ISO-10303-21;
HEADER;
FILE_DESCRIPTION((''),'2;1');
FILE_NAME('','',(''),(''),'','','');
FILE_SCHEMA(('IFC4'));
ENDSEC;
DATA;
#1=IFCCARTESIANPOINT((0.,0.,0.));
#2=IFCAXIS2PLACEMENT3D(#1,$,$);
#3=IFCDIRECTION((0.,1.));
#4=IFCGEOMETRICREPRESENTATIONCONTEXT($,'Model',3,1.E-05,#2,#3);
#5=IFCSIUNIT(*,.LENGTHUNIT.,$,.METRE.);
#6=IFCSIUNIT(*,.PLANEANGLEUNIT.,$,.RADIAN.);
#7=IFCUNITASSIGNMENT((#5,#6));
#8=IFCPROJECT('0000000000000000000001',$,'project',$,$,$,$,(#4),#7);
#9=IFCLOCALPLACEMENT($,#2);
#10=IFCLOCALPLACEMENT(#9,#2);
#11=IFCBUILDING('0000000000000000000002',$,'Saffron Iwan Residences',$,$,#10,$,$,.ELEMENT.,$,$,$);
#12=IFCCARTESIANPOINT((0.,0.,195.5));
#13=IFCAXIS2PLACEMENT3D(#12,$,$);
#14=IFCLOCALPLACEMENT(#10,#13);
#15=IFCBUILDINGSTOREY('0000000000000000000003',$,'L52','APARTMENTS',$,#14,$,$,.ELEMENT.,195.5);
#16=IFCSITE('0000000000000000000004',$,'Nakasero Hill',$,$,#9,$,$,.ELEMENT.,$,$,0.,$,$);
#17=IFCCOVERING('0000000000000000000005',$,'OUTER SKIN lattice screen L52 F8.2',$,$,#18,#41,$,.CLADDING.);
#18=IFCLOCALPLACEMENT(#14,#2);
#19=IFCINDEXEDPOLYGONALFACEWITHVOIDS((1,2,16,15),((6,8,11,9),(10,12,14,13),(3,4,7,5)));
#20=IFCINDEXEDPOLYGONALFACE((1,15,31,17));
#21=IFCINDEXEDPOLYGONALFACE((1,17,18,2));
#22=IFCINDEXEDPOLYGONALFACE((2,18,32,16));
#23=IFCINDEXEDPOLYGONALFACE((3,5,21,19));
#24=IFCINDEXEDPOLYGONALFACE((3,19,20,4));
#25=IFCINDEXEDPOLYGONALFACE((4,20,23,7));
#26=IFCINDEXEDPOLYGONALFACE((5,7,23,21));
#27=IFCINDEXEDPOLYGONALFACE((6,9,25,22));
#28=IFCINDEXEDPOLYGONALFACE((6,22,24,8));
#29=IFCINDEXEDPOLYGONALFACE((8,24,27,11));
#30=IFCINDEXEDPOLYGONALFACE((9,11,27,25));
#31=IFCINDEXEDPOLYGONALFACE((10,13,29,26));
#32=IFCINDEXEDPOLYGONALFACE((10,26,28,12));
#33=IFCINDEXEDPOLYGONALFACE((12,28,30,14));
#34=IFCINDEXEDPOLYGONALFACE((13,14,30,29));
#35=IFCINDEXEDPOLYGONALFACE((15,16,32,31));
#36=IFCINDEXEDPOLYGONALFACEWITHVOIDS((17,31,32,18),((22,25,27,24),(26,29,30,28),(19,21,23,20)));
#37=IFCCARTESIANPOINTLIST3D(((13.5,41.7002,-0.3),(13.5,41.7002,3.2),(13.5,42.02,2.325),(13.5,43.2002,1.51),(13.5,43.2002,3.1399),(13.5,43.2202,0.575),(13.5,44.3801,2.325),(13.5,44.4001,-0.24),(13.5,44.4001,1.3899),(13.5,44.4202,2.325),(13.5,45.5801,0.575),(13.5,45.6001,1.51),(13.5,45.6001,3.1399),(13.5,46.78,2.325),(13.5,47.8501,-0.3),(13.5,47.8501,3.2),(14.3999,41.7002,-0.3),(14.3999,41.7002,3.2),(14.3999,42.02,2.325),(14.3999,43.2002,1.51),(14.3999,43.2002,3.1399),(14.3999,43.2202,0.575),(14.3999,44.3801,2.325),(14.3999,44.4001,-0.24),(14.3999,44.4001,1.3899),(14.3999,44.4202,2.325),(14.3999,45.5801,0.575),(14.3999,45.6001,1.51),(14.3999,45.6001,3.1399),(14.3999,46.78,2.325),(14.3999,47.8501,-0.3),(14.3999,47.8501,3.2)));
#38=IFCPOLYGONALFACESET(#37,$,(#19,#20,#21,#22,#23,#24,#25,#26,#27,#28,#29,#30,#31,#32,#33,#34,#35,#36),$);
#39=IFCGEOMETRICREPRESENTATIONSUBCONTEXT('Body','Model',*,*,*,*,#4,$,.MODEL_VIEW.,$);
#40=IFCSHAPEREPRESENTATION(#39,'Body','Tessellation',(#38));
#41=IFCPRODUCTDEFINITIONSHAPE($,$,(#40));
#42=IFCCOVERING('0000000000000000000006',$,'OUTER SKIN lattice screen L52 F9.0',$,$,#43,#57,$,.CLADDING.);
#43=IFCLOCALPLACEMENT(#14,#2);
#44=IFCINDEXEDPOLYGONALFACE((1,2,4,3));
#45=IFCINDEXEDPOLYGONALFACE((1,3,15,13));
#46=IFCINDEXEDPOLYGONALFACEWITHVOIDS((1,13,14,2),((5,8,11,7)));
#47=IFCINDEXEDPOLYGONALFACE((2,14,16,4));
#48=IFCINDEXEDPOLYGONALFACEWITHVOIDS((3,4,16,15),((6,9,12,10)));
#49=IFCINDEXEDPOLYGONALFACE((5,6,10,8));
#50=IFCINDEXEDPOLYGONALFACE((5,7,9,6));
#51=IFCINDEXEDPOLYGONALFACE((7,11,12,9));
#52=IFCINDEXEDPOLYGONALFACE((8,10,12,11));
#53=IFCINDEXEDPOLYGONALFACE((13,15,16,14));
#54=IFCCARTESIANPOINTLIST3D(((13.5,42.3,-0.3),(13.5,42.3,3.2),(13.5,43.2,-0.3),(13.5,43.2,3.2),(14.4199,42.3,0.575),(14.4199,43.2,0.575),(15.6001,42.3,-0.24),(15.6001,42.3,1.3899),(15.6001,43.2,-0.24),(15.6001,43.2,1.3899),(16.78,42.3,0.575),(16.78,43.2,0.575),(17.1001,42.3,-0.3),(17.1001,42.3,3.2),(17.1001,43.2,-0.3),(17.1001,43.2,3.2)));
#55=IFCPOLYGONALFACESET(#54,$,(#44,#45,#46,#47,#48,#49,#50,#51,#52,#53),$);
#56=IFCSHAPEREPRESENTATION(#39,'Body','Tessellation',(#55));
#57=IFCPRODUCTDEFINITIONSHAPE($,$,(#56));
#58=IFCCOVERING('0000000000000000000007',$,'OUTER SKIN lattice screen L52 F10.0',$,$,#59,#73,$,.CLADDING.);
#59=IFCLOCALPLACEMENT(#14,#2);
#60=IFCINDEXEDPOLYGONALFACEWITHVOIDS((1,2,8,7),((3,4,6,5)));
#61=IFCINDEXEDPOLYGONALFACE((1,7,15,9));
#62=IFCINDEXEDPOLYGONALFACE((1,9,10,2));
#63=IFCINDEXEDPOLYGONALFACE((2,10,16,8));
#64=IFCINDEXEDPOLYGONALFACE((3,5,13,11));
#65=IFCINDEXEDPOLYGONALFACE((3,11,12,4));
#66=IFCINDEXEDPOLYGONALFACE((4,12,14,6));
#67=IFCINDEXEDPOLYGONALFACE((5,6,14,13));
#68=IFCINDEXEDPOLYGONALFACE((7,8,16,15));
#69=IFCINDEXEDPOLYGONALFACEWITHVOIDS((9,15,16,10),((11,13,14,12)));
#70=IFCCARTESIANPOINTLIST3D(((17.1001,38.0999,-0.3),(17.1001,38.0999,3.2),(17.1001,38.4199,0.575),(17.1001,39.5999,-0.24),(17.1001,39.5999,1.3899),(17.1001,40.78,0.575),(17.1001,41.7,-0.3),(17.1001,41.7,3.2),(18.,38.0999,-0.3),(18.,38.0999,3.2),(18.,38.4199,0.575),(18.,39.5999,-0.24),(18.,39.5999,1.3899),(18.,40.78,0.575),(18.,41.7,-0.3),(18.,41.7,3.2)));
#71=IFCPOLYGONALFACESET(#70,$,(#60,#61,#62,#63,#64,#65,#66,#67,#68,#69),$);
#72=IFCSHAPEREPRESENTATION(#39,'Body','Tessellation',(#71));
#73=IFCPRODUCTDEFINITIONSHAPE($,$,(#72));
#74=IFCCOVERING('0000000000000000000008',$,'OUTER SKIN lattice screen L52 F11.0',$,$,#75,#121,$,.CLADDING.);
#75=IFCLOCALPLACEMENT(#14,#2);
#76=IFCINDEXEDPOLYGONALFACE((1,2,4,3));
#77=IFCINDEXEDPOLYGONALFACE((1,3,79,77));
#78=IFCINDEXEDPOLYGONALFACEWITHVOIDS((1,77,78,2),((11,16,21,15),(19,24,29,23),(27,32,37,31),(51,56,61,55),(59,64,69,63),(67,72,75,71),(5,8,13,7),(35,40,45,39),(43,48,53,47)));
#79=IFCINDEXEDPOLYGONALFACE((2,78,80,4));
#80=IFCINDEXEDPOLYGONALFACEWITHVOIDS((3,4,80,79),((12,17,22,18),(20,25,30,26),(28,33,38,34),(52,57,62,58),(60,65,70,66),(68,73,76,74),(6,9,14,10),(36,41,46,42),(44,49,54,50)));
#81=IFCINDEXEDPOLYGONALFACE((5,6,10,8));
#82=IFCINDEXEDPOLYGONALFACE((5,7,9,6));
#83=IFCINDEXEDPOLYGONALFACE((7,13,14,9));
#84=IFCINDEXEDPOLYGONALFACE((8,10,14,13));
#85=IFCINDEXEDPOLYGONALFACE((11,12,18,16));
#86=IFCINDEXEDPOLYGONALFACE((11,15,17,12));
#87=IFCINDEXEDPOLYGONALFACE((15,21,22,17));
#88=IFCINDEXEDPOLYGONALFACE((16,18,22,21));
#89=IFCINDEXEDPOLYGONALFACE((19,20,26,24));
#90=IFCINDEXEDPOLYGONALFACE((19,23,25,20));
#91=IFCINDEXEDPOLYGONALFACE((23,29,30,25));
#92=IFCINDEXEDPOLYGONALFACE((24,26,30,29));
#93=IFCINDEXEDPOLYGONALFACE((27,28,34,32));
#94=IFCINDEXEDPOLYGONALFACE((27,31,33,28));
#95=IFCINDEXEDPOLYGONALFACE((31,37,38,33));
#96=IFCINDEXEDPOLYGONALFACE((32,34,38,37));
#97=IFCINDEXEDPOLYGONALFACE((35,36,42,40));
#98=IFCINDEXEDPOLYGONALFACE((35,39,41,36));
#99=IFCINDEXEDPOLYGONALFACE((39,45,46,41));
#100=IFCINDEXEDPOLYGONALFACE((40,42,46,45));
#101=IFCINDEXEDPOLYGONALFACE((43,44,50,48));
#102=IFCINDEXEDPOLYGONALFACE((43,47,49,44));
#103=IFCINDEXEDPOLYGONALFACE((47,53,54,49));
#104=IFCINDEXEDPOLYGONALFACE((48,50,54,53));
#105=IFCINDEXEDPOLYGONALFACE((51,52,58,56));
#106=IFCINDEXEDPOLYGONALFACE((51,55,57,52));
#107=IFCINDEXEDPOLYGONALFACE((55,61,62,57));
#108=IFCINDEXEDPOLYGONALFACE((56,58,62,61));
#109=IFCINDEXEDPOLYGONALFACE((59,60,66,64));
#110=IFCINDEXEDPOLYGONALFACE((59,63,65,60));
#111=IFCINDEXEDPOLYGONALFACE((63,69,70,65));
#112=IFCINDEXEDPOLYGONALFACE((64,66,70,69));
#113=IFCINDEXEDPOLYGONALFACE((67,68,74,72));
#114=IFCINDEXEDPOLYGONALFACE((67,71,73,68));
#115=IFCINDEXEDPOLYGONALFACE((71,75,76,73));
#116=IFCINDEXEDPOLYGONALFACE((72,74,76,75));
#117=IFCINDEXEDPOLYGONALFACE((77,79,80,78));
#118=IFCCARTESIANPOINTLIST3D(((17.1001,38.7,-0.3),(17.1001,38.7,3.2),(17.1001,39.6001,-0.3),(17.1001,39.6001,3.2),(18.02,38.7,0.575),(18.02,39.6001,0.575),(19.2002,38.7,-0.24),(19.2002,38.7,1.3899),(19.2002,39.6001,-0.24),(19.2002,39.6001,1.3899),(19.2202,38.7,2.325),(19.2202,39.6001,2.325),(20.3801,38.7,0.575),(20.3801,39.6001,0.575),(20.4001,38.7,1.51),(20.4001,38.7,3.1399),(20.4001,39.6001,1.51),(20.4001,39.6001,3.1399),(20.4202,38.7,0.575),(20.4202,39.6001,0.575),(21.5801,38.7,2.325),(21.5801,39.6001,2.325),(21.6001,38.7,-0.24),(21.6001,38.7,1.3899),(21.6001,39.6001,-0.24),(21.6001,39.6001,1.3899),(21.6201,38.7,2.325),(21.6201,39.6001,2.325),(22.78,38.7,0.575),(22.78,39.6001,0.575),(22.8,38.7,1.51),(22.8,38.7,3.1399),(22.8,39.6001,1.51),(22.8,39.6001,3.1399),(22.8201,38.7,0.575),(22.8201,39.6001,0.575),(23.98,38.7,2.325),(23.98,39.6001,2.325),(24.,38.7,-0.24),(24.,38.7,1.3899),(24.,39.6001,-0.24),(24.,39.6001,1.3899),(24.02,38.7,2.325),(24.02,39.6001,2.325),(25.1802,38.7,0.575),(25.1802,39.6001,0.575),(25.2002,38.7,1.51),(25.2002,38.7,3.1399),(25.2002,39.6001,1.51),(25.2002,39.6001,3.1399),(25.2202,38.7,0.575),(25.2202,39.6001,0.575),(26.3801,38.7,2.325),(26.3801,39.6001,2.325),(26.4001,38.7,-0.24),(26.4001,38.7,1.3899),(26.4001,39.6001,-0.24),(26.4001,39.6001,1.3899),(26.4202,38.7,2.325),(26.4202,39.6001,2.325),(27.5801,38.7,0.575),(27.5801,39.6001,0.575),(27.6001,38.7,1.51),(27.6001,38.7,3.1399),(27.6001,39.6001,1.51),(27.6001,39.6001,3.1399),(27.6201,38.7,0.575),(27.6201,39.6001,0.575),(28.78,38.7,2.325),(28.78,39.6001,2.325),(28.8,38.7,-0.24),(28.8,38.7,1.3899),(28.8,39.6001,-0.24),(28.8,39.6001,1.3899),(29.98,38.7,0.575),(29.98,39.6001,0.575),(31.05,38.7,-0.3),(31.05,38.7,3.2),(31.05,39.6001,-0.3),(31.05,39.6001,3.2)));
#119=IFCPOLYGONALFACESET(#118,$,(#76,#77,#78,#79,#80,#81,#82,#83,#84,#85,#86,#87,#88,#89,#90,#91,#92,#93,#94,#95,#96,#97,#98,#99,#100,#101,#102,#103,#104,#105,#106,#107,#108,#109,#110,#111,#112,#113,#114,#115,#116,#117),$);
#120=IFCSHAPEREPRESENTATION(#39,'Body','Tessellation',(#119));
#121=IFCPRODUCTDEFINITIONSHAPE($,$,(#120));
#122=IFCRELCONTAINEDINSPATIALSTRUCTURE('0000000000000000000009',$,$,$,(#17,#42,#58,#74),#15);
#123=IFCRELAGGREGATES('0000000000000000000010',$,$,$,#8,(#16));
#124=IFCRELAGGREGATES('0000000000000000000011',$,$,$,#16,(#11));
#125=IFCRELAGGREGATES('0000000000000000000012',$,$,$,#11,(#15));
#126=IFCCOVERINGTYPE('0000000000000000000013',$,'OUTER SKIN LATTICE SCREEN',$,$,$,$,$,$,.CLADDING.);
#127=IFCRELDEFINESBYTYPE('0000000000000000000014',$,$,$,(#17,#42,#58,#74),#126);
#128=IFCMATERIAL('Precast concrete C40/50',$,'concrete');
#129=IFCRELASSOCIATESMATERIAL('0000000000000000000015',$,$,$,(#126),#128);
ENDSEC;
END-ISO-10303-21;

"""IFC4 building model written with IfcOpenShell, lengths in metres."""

from ifc_helpers import new_model, si_unit, direction, frame, origin, place, context, subcontext, project, spatial, polyline, outline, extrude, material, type_object, element, save


model = new_model("IFC4")

# Units and contexts
model_context = context("Model", 3, precision=1e-05, world=origin(), true_north=direction((0.0, 1.0)))
body_context = subcontext(model_context, "Body", "Model", "MODEL_VIEW")
ifc_project = project(units=[si_unit("LENGTHUNIT", "METRE"), si_unit("PLANEANGLEUNIT", "RADIAN")], contexts=[model_context])

# Site, building, storey
site_placement = place(None, origin())
site = spatial("IfcSite", under=ifc_project, at=site_placement, Name="Nakasero Hill", CompositionType="ELEMENT", RefElevation=0.0)
building_placement = place(site_placement, origin())
building = spatial("IfcBuilding", under=site, at=building_placement, Name="Saffron Iwan Residences", CompositionType="ELEMENT")
storey_placement = place(building_placement, frame((0.0, 0.0, 195.5)))
storey = spatial("IfcBuildingStorey", under=building, at=storey_placement, Name="L52", Description="APARTMENTS", CompositionType="ELEMENT", Elevation=195.5)

# Coverings
ifc_material_1 = material(Name="Precast concrete C40/50", Category="concrete")
covering_type = type_object("IfcCoveringType", Name="OUTER SKIN LATTICE SCREEN", PredefinedType="CLADDING", material=ifc_material_1)
covering_1_placement = place(storey_placement, frame((14.3999, 47.8501, -0.3), z_axis=(-1.0, 0.0, 0.0), x_axis=(0.0, -1.0, 0.0)))
element("IfcCovering", 1, at=covering_1_placement, inside=storey, type_object=covering_type, Name="OUTER SKIN lattice screen L52 F8.2", PredefinedType="CLADDING", context=body_context, shape_type="SweptSolid", body=[
    extrude(outline(polyline([(0.0, 0.0), (6.1499, 0.0), (6.1499, 3.5), (0.0, 3.5), (0.0, 0.0)]), holes=[polyline([(2.27, 0.875), (3.45, 0.0601), (4.6299, 0.875), (3.45, 1.6899), (2.27, 0.875)]), polyline([(1.0701, 2.625), (2.25, 1.8101), (3.4299, 2.625), (2.25, 3.4399), (1.0701, 2.625)]), polyline([(3.47, 2.625), (4.6499, 1.8101), (5.8301, 2.625), (4.6499, 3.4399), (3.47, 2.625)])]), origin(), (0.0, 0.0, 1.0), 0.8999),
])
for number, where, z_axis, x_axis, name in (
    (2, (13.5, 43.2, -0.3), (0.0, -1.0, 0.0), (1.0, 0.0, 0.0), "OUTER SKIN lattice screen L52 F9.0"),
    (3, (18.0, 41.7, -0.3), (-1.0, 0.0, 0.0), (0.0, -1.0, 0.0), "OUTER SKIN lattice screen L52 F10.0"),
):
    element("IfcCovering", number, at=place(storey_placement, frame(where, z_axis=z_axis, x_axis=x_axis)), inside=storey, type_object=covering_type, Name=name, PredefinedType="CLADDING", context=body_context, shape_type="SweptSolid", body=[
        extrude(outline(polyline([(0.0, 0.0), (3.6001, 0.0), (3.6001, 3.5), (0.0, 3.5), (0.0, 0.0)]), holes=[polyline([(0.9199, 0.875), (2.1001, 0.0601), (3.28, 0.875), (2.1001, 1.6899), (0.9199, 0.875)])]), origin(), (0.0, 0.0, 1.0), 0.8999),
    ])
covering_2_placement = place(storey_placement, frame((17.1001, 39.6001, -0.3), z_axis=(0.0, -1.0, 0.0), x_axis=(1.0, 0.0, 0.0)))
element("IfcCovering", 4, at=covering_2_placement, inside=storey, type_object=covering_type, Name="OUTER SKIN lattice screen L52 F11.0", PredefinedType="CLADDING", context=body_context, shape_type="SweptSolid", body=[
    extrude(outline(polyline([(0.0, 0.0), (13.95, 0.0), (13.95, 3.5), (0.0, 3.5), (0.0, 0.0)]), holes=[polyline([(0.9199, 0.875), (2.1001, 0.0601), (3.28, 0.875), (2.1001, 1.6899), (0.9199, 0.875)]), polyline([(3.3201, 0.875), (4.5, 0.0601), (5.6799, 0.875), (4.5, 1.6899), (3.3201, 0.875)]), polyline([(5.72, 0.875), (6.8999, 0.0601), (8.0801, 0.875), (6.8999, 1.6899), (5.72, 0.875)]), polyline([(8.1201, 0.875), (9.3, 0.0601), (10.48, 0.875), (9.3, 1.6899), (8.1201, 0.875)]), polyline([(10.52, 0.875), (11.7, 0.0601), (12.8799, 0.875), (11.7, 1.6899), (10.52, 0.875)]), polyline([(2.1201, 2.625), (3.3, 1.8101), (4.48, 2.625), (3.3, 3.4399), (2.1201, 2.625)]), polyline([(4.52, 2.625), (5.7, 1.8101), (6.8799, 2.625), (5.7, 3.4399), (4.52, 2.625)]), polyline([(6.9199, 2.625), (8.1001, 1.8101), (9.28, 2.625), (8.1001, 3.4399), (6.9199, 2.625)]), polyline([(9.3201, 2.625), (10.5, 1.8101), (11.6799, 2.625), (10.5, 3.4399), (9.3201, 2.625)])]), origin(), (0.0, 0.0, 1.0), 0.9001),
])

save(model, "model.ifc")
